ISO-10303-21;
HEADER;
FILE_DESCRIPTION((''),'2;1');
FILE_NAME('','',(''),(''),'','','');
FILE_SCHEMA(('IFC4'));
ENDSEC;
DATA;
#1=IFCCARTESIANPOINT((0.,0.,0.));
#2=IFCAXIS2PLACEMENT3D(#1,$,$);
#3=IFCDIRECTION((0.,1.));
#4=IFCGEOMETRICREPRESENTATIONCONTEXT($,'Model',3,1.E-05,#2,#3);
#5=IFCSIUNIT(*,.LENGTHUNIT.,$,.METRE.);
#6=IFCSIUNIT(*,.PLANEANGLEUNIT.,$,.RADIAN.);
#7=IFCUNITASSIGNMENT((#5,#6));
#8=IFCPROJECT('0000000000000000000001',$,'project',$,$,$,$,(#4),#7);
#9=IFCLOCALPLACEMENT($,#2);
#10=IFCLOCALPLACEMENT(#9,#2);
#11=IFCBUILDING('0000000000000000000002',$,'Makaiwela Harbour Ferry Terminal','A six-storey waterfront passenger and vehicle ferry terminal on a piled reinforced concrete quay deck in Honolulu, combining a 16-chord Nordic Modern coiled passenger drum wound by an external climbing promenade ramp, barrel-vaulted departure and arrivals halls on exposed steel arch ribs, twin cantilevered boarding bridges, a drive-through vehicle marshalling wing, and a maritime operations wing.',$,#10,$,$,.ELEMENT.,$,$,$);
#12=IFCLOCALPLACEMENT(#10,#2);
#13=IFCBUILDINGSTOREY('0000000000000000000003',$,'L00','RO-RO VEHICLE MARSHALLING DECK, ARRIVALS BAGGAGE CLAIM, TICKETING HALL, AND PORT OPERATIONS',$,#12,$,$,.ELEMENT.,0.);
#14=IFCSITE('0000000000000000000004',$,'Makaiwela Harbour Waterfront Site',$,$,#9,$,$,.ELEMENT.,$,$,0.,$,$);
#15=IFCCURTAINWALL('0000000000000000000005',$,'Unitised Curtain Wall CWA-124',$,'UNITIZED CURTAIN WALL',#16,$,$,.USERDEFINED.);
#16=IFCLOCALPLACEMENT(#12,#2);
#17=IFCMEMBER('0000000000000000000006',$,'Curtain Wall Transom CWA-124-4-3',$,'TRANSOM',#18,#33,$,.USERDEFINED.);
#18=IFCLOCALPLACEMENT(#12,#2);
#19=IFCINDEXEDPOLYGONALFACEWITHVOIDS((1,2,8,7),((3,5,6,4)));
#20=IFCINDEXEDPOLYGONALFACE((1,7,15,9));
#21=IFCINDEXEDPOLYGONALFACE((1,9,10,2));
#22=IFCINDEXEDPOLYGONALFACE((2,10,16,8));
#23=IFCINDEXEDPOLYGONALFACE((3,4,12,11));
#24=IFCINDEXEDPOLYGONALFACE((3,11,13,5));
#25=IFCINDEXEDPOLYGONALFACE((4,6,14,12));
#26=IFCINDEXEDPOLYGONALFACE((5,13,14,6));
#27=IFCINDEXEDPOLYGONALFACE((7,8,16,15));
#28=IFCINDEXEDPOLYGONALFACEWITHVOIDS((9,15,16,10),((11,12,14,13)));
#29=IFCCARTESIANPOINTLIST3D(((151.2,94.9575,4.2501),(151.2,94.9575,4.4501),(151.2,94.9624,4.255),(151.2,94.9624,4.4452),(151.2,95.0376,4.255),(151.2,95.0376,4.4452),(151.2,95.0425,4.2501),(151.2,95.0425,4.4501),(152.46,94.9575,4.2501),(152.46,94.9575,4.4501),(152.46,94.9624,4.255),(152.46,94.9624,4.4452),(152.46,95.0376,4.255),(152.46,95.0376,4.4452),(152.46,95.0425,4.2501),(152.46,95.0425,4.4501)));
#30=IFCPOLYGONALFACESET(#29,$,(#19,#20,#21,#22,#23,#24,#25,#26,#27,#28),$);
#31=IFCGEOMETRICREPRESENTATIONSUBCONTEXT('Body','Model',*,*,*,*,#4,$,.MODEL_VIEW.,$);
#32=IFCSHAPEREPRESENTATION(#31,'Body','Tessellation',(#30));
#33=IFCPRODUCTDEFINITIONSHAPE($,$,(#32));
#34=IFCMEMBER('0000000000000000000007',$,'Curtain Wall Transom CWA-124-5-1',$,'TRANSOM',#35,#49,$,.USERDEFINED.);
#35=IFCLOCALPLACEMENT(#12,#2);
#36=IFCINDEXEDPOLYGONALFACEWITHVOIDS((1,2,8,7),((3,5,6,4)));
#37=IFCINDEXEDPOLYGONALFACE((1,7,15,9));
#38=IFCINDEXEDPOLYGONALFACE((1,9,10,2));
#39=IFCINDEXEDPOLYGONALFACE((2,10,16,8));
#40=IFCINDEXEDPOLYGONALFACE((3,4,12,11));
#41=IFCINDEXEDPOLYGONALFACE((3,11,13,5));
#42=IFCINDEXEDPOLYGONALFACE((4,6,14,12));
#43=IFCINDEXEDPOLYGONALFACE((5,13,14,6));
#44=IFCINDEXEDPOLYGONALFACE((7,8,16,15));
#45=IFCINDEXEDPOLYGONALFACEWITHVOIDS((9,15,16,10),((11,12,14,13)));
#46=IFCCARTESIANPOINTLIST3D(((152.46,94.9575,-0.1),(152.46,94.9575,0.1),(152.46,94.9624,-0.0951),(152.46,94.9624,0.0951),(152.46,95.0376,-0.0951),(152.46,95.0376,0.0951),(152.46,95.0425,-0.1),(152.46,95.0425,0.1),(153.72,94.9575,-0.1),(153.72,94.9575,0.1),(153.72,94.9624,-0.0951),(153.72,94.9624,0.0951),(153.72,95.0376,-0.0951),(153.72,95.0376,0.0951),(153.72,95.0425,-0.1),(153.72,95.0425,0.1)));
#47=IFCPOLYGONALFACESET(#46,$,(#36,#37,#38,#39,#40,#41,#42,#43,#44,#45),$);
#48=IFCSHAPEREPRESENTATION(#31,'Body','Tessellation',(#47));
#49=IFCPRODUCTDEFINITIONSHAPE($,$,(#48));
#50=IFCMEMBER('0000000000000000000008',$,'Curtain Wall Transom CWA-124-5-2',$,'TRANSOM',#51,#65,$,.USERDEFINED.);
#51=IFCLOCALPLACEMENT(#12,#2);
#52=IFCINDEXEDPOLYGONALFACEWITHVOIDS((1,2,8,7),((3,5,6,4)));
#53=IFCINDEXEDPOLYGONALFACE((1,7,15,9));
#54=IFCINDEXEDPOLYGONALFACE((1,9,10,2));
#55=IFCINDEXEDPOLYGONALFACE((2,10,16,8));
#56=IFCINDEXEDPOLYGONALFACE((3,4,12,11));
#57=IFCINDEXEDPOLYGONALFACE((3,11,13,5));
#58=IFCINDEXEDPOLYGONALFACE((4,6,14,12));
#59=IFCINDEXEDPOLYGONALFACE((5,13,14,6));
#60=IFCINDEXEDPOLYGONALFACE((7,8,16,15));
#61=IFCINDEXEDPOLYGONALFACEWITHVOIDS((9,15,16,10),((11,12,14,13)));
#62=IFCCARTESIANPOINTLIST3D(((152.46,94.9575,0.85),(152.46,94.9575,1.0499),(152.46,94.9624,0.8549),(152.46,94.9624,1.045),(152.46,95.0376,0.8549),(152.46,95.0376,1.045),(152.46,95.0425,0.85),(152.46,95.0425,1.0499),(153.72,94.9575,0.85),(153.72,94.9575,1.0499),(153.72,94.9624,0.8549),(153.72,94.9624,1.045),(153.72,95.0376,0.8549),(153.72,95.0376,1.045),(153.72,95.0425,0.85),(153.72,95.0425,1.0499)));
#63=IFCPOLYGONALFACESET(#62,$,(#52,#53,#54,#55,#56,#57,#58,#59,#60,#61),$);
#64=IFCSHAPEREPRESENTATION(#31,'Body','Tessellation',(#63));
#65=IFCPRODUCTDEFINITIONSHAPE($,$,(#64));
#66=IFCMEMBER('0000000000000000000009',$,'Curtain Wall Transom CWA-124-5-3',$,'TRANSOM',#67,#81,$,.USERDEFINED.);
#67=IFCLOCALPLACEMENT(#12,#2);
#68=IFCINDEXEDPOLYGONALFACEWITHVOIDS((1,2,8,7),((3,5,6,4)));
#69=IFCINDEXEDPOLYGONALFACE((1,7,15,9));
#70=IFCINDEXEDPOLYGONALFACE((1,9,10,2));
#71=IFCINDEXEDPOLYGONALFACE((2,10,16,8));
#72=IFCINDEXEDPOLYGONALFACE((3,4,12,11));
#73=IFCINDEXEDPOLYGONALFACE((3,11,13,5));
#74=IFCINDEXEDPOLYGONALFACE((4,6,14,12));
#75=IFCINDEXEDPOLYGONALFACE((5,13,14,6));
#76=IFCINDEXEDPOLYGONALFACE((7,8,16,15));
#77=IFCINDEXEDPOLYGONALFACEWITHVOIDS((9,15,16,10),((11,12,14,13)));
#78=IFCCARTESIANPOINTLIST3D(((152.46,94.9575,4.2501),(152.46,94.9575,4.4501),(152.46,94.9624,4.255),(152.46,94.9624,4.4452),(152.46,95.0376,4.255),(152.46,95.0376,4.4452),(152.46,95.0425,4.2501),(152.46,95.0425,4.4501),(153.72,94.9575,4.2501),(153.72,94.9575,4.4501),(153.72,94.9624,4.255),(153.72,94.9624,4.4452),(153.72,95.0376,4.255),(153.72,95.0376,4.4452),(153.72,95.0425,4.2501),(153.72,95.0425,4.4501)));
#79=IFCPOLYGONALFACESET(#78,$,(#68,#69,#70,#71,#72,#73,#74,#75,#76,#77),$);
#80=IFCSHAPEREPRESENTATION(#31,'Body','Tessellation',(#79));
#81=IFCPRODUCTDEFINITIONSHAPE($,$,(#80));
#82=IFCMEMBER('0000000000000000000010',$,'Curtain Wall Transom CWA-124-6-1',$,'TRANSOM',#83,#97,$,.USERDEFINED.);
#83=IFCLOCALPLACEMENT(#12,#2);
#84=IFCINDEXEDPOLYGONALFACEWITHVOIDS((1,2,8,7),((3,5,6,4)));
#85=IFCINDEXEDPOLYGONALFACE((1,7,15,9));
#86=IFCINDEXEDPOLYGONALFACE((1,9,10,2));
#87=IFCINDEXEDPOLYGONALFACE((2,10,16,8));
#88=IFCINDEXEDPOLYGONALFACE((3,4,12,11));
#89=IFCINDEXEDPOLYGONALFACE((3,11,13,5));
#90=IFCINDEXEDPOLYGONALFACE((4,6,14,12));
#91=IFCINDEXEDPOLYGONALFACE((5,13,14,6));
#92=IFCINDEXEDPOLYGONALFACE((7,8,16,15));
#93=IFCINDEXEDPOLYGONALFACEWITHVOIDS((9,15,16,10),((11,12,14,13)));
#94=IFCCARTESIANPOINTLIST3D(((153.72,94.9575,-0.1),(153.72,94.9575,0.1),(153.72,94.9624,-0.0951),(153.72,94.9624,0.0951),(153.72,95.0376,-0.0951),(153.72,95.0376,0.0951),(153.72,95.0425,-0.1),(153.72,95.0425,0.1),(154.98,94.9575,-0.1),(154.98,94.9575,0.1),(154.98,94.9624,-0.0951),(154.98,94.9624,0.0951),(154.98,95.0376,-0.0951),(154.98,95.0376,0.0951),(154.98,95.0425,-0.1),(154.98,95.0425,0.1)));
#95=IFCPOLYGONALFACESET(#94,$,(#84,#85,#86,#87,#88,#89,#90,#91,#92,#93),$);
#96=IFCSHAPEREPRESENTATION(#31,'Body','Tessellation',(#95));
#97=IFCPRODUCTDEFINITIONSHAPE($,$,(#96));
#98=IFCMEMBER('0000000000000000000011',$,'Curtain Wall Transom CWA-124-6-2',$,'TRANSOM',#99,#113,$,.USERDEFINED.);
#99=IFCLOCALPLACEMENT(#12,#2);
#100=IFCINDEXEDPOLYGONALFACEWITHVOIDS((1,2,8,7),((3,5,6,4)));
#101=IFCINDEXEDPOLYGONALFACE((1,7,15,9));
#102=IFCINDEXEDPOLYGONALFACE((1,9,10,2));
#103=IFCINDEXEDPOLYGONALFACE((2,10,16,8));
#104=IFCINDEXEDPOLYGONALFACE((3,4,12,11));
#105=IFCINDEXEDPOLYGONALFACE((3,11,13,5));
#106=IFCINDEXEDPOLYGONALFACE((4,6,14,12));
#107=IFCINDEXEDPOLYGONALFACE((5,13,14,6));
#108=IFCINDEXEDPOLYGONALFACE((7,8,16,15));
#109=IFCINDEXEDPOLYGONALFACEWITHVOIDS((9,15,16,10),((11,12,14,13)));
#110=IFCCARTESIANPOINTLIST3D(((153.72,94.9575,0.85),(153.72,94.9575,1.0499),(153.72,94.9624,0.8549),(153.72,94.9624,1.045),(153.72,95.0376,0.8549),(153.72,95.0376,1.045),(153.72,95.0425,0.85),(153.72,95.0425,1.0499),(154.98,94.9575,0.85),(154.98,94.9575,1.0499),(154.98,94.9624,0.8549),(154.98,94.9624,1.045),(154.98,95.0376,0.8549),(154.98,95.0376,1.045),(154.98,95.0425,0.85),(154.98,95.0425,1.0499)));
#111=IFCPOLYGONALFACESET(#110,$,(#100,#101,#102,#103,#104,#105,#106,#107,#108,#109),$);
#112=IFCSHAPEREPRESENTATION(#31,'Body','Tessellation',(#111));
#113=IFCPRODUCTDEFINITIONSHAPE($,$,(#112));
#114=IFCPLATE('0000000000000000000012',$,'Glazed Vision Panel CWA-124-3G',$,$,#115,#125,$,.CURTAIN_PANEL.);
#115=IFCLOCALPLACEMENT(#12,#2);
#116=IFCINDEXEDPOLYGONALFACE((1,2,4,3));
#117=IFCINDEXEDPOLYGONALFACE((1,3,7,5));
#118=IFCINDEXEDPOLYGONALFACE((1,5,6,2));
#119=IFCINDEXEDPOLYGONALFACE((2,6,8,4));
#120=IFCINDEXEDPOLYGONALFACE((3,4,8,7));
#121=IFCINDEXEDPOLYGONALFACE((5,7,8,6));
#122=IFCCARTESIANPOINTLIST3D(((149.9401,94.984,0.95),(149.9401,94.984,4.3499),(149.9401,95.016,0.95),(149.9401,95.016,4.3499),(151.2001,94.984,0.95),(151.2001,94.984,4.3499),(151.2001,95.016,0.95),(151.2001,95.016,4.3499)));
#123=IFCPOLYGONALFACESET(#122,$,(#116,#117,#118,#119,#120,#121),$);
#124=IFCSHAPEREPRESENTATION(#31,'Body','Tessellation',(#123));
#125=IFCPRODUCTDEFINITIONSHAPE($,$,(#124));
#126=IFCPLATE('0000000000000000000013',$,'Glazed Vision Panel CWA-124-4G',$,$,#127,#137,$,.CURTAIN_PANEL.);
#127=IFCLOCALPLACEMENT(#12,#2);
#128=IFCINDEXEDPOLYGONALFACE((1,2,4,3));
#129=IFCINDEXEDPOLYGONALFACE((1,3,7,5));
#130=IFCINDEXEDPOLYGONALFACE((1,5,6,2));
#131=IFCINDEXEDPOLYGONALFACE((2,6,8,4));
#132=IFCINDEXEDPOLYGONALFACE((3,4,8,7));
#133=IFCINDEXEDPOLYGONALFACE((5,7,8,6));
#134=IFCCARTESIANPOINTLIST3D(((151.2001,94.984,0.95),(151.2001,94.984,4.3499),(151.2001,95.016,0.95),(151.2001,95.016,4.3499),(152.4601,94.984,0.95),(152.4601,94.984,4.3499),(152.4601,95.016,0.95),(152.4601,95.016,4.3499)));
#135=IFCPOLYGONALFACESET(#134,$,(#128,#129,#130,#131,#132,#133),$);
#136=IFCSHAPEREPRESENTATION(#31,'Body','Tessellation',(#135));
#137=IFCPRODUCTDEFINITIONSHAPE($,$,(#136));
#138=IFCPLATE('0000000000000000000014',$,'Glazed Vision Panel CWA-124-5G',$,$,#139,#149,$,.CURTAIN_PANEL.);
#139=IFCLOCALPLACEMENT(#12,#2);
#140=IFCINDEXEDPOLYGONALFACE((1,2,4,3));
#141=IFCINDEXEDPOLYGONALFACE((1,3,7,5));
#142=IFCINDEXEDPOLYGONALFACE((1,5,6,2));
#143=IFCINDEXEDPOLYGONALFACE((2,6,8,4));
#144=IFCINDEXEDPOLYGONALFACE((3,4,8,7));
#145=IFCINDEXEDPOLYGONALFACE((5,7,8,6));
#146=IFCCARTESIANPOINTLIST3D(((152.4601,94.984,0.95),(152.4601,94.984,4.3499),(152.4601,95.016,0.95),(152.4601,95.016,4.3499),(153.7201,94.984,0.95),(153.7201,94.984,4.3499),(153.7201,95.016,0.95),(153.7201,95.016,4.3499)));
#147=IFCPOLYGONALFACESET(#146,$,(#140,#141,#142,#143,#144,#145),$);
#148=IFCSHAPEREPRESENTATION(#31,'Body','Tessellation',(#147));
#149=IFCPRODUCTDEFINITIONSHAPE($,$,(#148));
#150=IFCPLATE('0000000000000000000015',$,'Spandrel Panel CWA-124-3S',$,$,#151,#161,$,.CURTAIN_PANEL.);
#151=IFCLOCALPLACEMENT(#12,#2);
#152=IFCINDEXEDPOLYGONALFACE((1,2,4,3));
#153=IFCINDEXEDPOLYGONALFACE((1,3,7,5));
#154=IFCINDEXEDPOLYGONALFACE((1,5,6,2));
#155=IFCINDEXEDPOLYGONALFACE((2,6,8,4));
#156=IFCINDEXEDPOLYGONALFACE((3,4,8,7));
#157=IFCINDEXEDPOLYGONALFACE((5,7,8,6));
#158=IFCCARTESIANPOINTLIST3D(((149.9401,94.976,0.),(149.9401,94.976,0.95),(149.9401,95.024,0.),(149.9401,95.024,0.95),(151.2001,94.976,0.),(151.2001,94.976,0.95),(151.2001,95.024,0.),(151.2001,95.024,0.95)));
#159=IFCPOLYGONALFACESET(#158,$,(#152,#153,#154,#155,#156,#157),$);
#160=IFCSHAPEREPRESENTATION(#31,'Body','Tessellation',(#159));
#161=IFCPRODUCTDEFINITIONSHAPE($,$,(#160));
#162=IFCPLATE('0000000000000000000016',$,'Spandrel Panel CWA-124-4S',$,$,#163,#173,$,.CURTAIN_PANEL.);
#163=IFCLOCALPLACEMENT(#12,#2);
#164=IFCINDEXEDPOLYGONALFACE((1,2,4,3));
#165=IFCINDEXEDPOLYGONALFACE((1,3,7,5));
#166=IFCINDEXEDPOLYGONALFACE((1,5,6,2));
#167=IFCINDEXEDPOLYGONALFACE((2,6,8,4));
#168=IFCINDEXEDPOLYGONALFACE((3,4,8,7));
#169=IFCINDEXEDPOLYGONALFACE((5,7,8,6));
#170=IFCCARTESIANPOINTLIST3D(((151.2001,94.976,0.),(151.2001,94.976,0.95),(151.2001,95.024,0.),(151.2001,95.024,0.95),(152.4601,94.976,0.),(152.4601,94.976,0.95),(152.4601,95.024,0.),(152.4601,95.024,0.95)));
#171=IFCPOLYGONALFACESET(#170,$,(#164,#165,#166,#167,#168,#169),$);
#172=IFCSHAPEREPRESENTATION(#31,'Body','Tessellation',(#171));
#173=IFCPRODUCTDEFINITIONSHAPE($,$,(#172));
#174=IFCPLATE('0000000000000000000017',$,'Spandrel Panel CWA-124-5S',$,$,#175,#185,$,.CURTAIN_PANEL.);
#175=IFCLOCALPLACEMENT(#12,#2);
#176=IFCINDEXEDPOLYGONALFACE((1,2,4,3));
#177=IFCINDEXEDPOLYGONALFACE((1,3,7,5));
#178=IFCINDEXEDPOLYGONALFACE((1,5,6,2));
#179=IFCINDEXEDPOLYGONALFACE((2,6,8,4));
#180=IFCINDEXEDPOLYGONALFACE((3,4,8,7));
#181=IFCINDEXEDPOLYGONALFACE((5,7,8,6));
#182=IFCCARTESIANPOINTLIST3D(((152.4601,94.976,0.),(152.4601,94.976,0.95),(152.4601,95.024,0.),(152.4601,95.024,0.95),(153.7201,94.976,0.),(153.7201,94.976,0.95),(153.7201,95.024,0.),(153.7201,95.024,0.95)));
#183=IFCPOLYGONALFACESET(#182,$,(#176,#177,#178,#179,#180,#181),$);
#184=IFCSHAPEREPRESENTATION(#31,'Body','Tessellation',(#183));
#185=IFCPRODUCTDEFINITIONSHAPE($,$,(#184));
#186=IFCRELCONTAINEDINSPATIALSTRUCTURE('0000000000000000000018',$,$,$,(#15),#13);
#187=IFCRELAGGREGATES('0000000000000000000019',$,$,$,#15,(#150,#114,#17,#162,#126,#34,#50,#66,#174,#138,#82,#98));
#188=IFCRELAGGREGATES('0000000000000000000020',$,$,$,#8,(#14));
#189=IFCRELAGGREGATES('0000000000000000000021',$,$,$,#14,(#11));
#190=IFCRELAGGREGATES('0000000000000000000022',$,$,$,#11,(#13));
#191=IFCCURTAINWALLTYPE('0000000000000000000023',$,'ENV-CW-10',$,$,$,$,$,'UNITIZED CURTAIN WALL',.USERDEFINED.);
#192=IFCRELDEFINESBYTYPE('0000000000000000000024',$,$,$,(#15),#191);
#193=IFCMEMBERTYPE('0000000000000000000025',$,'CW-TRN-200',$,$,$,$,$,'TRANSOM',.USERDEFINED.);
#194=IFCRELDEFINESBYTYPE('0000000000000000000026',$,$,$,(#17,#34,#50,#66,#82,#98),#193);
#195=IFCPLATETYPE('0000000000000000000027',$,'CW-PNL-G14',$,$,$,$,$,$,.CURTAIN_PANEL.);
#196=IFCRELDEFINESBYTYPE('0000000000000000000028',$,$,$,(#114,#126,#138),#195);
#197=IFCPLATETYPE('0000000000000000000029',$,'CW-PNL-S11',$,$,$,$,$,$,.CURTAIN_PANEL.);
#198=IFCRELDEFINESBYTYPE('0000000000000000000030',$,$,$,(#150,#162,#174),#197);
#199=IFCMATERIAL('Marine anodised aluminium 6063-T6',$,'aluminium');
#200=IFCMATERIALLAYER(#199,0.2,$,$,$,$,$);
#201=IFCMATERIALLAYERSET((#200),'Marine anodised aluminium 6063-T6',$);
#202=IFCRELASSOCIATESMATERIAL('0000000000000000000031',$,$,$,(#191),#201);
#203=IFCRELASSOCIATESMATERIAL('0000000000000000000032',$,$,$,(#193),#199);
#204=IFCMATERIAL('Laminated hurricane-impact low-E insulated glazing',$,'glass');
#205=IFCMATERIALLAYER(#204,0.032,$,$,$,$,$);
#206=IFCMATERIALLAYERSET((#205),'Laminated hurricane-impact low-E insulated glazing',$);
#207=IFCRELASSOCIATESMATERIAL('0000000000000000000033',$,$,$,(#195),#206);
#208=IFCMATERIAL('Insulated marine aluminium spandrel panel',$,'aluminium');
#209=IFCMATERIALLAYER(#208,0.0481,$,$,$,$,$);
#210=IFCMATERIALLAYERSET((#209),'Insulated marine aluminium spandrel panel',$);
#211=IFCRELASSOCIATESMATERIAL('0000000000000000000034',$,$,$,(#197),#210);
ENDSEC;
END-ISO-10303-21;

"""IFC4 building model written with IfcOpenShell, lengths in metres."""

from ifc_helpers import new_model, si_unit, direction, frame, origin, origin_2d, place, context, subcontext, project, spatial, rectangle, hollow_rectangle, extrude, material, layer, layer_set, material_profile, profile_set, type_object, element, aggregate, save


model = new_model("IFC4")

# Units and contexts
model_context = context("Model", 3, precision=1e-05, world=origin(), true_north=direction((0.0, 1.0)))
body_context = subcontext(model_context, "Body", "Model", "MODEL_VIEW")
ifc_project = project(units=[si_unit("LENGTHUNIT", "METRE"), si_unit("PLANEANGLEUNIT", "RADIAN")], contexts=[model_context])

# Site, building, storey
site_placement = place(None, origin())
site = spatial("IfcSite", under=ifc_project, at=site_placement, Name="Makaiwela Harbour Waterfront Site", CompositionType="ELEMENT", RefElevation=0.0)
building_placement = place(site_placement, origin())
building = spatial("IfcBuilding", under=site, at=building_placement, Name="Makaiwela Harbour Ferry Terminal", Description="A six-storey waterfront passenger and vehicle ferry terminal on a piled reinforced concrete quay deck in Honolulu, combining a 16-chord Nordic Modern coiled passenger drum wound by an external climbing promenade ramp, barrel-vaulted departure and arrivals halls on exposed steel arch ribs, twin cantilevered boarding bridges, a drive-through vehicle marshalling wing, and a maritime operations wing.", CompositionType="ELEMENT")
storey_placement = place(building_placement, origin())
storey = spatial("IfcBuildingStorey", under=building, at=storey_placement, Name="L00", Description="RO-RO VEHICLE MARSHALLING DECK, ARRIVALS BAGGAGE CLAIM, TICKETING HALL, AND PORT OPERATIONS", CompositionType="ELEMENT", Elevation=0.0)

# Curtain wall, members, plates
ifc_material_1 = material(Name="Marine anodised aluminium 6063-T6", Category="aluminium")
ifc_layer_1 = layer(ifc_material_1, 0.2)
ifc_layer_set_1 = layer_set([ifc_layer_1], Name="Marine anodised aluminium 6063-T6")
curtain_wall_type = type_object("IfcCurtainWallType", Name="ENV-CW-10", ElementType="UNITIZED CURTAIN WALL", PredefinedType="USERDEFINED", material=ifc_layer_set_1)
curtain_wall_placement = place(storey_placement, origin())
curtain_wall = element("IfcCurtainWall", 1, at=curtain_wall_placement, inside=storey, type_object=curtain_wall_type, Name="Unitised Curtain Wall CWA-124", ObjectType="UNITIZED CURTAIN WALL", PredefinedType="USERDEFINED")
ifc_material_profile_1 = material_profile(ifc_material_1, hollow_rectangle(XDim=0.085, YDim=0.2, WallThickness=0.0049, at=origin_2d()), Name="CWT-200X85")
ifc_profile_set_1 = profile_set([ifc_material_profile_1], Name="Marine anodised aluminium 6063-T6")
member_type_1 = type_object("IfcMemberType", Name="CW-TRN-200", ElementType="TRANSOM", PredefinedType="USERDEFINED", material=ifc_profile_set_1)
member_1_placement = place(storey_placement, frame((151.2, 95.0, 4.3501), z_axis=(1.0, 0.0, 0.0), x_axis=(0.0, 1.0, 0.0)))
member_1 = element("IfcMember", 2, at=member_1_placement, type_object=member_type_1, Name="Curtain Wall Transom CWA-124-4-3", ObjectType="TRANSOM", PredefinedType="USERDEFINED", context=body_context, shape_type="SweptSolid", body=[
    extrude(hollow_rectangle(XDim=0.085, YDim=0.2, WallThickness=0.0049, at=origin_2d()), origin(), (0.0, 0.0, 1.0), 1.26),
])
member_2_placement = place(storey_placement, frame((152.46, 95.0, 0.0), z_axis=(1.0, 0.0, 0.0), x_axis=(0.0, 1.0, 0.0)))
member_2 = element("IfcMember", 3, at=member_2_placement, type_object=member_type_1, Name="Curtain Wall Transom CWA-124-5-1", ObjectType="TRANSOM", PredefinedType="USERDEFINED", context=body_context, shape_type="SweptSolid", body=[
    extrude(hollow_rectangle(XDim=0.085, YDim=0.2, WallThickness=0.0049, at=origin_2d()), origin(), (0.0, 0.0, 1.0), 1.26),
])
member_3_placement = place(storey_placement, frame((152.46, 95.0, 0.95), z_axis=(1.0, 0.0, 0.0), x_axis=(0.0, 1.0, 0.0)))
member_3 = element("IfcMember", 4, at=member_3_placement, type_object=member_type_1, Name="Curtain Wall Transom CWA-124-5-2", ObjectType="TRANSOM", PredefinedType="USERDEFINED", context=body_context, shape_type="SweptSolid", body=[
    extrude(hollow_rectangle(XDim=0.085, YDim=0.2, WallThickness=0.0049, at=origin_2d()), origin(), (0.0, 0.0, 1.0), 1.26),
])
member_4_placement = place(storey_placement, frame((152.46, 95.0, 4.3501), z_axis=(1.0, 0.0, 0.0), x_axis=(0.0, 1.0, 0.0)))
member_4 = element("IfcMember", 5, at=member_4_placement, type_object=member_type_1, Name="Curtain Wall Transom CWA-124-5-3", ObjectType="TRANSOM", PredefinedType="USERDEFINED", context=body_context, shape_type="SweptSolid", body=[
    extrude(hollow_rectangle(XDim=0.085, YDim=0.2, WallThickness=0.0049, at=origin_2d()), origin(), (0.0, 0.0, 1.0), 1.26),
])
member_5_placement = place(storey_placement, frame((153.72, 95.0, 0.0), z_axis=(1.0, 0.0, 0.0), x_axis=(0.0, 1.0, 0.0)))
member_5 = element("IfcMember", 6, at=member_5_placement, type_object=member_type_1, Name="Curtain Wall Transom CWA-124-6-1", ObjectType="TRANSOM", PredefinedType="USERDEFINED", context=body_context, shape_type="SweptSolid", body=[
    extrude(hollow_rectangle(XDim=0.085, YDim=0.2, WallThickness=0.0049, at=origin_2d()), origin(), (0.0, 0.0, 1.0), 1.26),
])
member_6_placement = place(storey_placement, frame((153.72, 95.0, 0.95), z_axis=(1.0, 0.0, 0.0), x_axis=(0.0, 1.0, 0.0)))
member_6 = element("IfcMember", 7, at=member_6_placement, type_object=member_type_1, Name="Curtain Wall Transom CWA-124-6-2", ObjectType="TRANSOM", PredefinedType="USERDEFINED", context=body_context, shape_type="SweptSolid", body=[
    extrude(hollow_rectangle(XDim=0.085, YDim=0.2, WallThickness=0.0049, at=origin_2d()), origin(), (0.0, 0.0, 1.0), 1.26),
])
ifc_material_2 = material(Name="Laminated hurricane-impact low-E insulated glazing", Category="glass")
ifc_layer_2 = layer(ifc_material_2, 0.032)
ifc_layer_set_2 = layer_set([ifc_layer_2], Name="Laminated hurricane-impact low-E insulated glazing")
plate_type_1 = type_object("IfcPlateType", Name="CW-PNL-G14", PredefinedType="CURTAIN_PANEL", material=ifc_layer_set_2)
plate_1_placement = place(storey_placement, frame((150.5701, 95.0, 0.95), z_axis=(0.0, 0.0, 1.0), x_axis=(1.0, 0.0, 0.0)))
plate_1 = element("IfcPlate", 8, at=plate_1_placement, type_object=plate_type_1, Name="Glazed Vision Panel CWA-124-3G", PredefinedType="CURTAIN_PANEL", context=body_context, shape_type="SweptSolid", body=[
    extrude(rectangle(XDim=1.26, YDim=0.032, at=origin_2d()), origin(), (0.0, 0.0, 1.0), 3.3999),
])
plate_2_placement = place(storey_placement, frame((151.8301, 95.0, 0.95), z_axis=(0.0, 0.0, 1.0), x_axis=(1.0, 0.0, 0.0)))
plate_2 = element("IfcPlate", 9, at=plate_2_placement, type_object=plate_type_1, Name="Glazed Vision Panel CWA-124-4G", PredefinedType="CURTAIN_PANEL", context=body_context, shape_type="SweptSolid", body=[
    extrude(rectangle(XDim=1.26, YDim=0.032, at=origin_2d()), origin(), (0.0, 0.0, 1.0), 3.3999),
])
plate_3_placement = place(storey_placement, frame((153.0901, 95.0, 0.95), z_axis=(0.0, 0.0, 1.0), x_axis=(1.0, 0.0, 0.0)))
plate_3 = element("IfcPlate", 10, at=plate_3_placement, type_object=plate_type_1, Name="Glazed Vision Panel CWA-124-5G", PredefinedType="CURTAIN_PANEL", context=body_context, shape_type="SweptSolid", body=[
    extrude(rectangle(XDim=1.26, YDim=0.032, at=origin_2d()), origin(), (0.0, 0.0, 1.0), 3.3999),
])
ifc_material_3 = material(Name="Insulated marine aluminium spandrel panel", Category="aluminium")
ifc_layer_3 = layer(ifc_material_3, 0.0481)
ifc_layer_set_3 = layer_set([ifc_layer_3], Name="Insulated marine aluminium spandrel panel")
plate_type_2 = type_object("IfcPlateType", Name="CW-PNL-S11", PredefinedType="CURTAIN_PANEL", material=ifc_layer_set_3)
plate_4_placement = place(storey_placement, frame((150.5701, 95.0, 0.0), z_axis=(0.0, 0.0, 1.0), x_axis=(1.0, 0.0, 0.0)))
plate_4 = element("IfcPlate", 11, at=plate_4_placement, type_object=plate_type_2, Name="Spandrel Panel CWA-124-3S", PredefinedType="CURTAIN_PANEL", context=body_context, shape_type="SweptSolid", body=[
    extrude(rectangle(XDim=1.26, YDim=0.0481, at=origin_2d()), origin(), (0.0, 0.0, 1.0), 0.95),
])
plate_5_placement = place(storey_placement, frame((151.8301, 95.0, 0.0), z_axis=(0.0, 0.0, 1.0), x_axis=(1.0, 0.0, 0.0)))
plate_5 = element("IfcPlate", 12, at=plate_5_placement, type_object=plate_type_2, Name="Spandrel Panel CWA-124-4S", PredefinedType="CURTAIN_PANEL", context=body_context, shape_type="SweptSolid", body=[
    extrude(rectangle(XDim=1.26, YDim=0.0481, at=origin_2d()), origin(), (0.0, 0.0, 1.0), 0.95),
])
plate_6_placement = place(storey_placement, frame((153.0901, 95.0, 0.0), z_axis=(0.0, 0.0, 1.0), x_axis=(1.0, 0.0, 0.0)))
plate_6 = element("IfcPlate", 13, at=plate_6_placement, type_object=plate_type_2, Name="Spandrel Panel CWA-124-5S", PredefinedType="CURTAIN_PANEL", context=body_context, shape_type="SweptSolid", body=[
    extrude(rectangle(XDim=1.26, YDim=0.0481, at=origin_2d()), origin(), (0.0, 0.0, 1.0), 0.95),
])
aggregate(curtain_wall, [plate_4, plate_1, member_1, plate_5, plate_2, member_2, member_3, member_4, plate_6, plate_3, member_5, member_6])

save(model, "model.ifc")
